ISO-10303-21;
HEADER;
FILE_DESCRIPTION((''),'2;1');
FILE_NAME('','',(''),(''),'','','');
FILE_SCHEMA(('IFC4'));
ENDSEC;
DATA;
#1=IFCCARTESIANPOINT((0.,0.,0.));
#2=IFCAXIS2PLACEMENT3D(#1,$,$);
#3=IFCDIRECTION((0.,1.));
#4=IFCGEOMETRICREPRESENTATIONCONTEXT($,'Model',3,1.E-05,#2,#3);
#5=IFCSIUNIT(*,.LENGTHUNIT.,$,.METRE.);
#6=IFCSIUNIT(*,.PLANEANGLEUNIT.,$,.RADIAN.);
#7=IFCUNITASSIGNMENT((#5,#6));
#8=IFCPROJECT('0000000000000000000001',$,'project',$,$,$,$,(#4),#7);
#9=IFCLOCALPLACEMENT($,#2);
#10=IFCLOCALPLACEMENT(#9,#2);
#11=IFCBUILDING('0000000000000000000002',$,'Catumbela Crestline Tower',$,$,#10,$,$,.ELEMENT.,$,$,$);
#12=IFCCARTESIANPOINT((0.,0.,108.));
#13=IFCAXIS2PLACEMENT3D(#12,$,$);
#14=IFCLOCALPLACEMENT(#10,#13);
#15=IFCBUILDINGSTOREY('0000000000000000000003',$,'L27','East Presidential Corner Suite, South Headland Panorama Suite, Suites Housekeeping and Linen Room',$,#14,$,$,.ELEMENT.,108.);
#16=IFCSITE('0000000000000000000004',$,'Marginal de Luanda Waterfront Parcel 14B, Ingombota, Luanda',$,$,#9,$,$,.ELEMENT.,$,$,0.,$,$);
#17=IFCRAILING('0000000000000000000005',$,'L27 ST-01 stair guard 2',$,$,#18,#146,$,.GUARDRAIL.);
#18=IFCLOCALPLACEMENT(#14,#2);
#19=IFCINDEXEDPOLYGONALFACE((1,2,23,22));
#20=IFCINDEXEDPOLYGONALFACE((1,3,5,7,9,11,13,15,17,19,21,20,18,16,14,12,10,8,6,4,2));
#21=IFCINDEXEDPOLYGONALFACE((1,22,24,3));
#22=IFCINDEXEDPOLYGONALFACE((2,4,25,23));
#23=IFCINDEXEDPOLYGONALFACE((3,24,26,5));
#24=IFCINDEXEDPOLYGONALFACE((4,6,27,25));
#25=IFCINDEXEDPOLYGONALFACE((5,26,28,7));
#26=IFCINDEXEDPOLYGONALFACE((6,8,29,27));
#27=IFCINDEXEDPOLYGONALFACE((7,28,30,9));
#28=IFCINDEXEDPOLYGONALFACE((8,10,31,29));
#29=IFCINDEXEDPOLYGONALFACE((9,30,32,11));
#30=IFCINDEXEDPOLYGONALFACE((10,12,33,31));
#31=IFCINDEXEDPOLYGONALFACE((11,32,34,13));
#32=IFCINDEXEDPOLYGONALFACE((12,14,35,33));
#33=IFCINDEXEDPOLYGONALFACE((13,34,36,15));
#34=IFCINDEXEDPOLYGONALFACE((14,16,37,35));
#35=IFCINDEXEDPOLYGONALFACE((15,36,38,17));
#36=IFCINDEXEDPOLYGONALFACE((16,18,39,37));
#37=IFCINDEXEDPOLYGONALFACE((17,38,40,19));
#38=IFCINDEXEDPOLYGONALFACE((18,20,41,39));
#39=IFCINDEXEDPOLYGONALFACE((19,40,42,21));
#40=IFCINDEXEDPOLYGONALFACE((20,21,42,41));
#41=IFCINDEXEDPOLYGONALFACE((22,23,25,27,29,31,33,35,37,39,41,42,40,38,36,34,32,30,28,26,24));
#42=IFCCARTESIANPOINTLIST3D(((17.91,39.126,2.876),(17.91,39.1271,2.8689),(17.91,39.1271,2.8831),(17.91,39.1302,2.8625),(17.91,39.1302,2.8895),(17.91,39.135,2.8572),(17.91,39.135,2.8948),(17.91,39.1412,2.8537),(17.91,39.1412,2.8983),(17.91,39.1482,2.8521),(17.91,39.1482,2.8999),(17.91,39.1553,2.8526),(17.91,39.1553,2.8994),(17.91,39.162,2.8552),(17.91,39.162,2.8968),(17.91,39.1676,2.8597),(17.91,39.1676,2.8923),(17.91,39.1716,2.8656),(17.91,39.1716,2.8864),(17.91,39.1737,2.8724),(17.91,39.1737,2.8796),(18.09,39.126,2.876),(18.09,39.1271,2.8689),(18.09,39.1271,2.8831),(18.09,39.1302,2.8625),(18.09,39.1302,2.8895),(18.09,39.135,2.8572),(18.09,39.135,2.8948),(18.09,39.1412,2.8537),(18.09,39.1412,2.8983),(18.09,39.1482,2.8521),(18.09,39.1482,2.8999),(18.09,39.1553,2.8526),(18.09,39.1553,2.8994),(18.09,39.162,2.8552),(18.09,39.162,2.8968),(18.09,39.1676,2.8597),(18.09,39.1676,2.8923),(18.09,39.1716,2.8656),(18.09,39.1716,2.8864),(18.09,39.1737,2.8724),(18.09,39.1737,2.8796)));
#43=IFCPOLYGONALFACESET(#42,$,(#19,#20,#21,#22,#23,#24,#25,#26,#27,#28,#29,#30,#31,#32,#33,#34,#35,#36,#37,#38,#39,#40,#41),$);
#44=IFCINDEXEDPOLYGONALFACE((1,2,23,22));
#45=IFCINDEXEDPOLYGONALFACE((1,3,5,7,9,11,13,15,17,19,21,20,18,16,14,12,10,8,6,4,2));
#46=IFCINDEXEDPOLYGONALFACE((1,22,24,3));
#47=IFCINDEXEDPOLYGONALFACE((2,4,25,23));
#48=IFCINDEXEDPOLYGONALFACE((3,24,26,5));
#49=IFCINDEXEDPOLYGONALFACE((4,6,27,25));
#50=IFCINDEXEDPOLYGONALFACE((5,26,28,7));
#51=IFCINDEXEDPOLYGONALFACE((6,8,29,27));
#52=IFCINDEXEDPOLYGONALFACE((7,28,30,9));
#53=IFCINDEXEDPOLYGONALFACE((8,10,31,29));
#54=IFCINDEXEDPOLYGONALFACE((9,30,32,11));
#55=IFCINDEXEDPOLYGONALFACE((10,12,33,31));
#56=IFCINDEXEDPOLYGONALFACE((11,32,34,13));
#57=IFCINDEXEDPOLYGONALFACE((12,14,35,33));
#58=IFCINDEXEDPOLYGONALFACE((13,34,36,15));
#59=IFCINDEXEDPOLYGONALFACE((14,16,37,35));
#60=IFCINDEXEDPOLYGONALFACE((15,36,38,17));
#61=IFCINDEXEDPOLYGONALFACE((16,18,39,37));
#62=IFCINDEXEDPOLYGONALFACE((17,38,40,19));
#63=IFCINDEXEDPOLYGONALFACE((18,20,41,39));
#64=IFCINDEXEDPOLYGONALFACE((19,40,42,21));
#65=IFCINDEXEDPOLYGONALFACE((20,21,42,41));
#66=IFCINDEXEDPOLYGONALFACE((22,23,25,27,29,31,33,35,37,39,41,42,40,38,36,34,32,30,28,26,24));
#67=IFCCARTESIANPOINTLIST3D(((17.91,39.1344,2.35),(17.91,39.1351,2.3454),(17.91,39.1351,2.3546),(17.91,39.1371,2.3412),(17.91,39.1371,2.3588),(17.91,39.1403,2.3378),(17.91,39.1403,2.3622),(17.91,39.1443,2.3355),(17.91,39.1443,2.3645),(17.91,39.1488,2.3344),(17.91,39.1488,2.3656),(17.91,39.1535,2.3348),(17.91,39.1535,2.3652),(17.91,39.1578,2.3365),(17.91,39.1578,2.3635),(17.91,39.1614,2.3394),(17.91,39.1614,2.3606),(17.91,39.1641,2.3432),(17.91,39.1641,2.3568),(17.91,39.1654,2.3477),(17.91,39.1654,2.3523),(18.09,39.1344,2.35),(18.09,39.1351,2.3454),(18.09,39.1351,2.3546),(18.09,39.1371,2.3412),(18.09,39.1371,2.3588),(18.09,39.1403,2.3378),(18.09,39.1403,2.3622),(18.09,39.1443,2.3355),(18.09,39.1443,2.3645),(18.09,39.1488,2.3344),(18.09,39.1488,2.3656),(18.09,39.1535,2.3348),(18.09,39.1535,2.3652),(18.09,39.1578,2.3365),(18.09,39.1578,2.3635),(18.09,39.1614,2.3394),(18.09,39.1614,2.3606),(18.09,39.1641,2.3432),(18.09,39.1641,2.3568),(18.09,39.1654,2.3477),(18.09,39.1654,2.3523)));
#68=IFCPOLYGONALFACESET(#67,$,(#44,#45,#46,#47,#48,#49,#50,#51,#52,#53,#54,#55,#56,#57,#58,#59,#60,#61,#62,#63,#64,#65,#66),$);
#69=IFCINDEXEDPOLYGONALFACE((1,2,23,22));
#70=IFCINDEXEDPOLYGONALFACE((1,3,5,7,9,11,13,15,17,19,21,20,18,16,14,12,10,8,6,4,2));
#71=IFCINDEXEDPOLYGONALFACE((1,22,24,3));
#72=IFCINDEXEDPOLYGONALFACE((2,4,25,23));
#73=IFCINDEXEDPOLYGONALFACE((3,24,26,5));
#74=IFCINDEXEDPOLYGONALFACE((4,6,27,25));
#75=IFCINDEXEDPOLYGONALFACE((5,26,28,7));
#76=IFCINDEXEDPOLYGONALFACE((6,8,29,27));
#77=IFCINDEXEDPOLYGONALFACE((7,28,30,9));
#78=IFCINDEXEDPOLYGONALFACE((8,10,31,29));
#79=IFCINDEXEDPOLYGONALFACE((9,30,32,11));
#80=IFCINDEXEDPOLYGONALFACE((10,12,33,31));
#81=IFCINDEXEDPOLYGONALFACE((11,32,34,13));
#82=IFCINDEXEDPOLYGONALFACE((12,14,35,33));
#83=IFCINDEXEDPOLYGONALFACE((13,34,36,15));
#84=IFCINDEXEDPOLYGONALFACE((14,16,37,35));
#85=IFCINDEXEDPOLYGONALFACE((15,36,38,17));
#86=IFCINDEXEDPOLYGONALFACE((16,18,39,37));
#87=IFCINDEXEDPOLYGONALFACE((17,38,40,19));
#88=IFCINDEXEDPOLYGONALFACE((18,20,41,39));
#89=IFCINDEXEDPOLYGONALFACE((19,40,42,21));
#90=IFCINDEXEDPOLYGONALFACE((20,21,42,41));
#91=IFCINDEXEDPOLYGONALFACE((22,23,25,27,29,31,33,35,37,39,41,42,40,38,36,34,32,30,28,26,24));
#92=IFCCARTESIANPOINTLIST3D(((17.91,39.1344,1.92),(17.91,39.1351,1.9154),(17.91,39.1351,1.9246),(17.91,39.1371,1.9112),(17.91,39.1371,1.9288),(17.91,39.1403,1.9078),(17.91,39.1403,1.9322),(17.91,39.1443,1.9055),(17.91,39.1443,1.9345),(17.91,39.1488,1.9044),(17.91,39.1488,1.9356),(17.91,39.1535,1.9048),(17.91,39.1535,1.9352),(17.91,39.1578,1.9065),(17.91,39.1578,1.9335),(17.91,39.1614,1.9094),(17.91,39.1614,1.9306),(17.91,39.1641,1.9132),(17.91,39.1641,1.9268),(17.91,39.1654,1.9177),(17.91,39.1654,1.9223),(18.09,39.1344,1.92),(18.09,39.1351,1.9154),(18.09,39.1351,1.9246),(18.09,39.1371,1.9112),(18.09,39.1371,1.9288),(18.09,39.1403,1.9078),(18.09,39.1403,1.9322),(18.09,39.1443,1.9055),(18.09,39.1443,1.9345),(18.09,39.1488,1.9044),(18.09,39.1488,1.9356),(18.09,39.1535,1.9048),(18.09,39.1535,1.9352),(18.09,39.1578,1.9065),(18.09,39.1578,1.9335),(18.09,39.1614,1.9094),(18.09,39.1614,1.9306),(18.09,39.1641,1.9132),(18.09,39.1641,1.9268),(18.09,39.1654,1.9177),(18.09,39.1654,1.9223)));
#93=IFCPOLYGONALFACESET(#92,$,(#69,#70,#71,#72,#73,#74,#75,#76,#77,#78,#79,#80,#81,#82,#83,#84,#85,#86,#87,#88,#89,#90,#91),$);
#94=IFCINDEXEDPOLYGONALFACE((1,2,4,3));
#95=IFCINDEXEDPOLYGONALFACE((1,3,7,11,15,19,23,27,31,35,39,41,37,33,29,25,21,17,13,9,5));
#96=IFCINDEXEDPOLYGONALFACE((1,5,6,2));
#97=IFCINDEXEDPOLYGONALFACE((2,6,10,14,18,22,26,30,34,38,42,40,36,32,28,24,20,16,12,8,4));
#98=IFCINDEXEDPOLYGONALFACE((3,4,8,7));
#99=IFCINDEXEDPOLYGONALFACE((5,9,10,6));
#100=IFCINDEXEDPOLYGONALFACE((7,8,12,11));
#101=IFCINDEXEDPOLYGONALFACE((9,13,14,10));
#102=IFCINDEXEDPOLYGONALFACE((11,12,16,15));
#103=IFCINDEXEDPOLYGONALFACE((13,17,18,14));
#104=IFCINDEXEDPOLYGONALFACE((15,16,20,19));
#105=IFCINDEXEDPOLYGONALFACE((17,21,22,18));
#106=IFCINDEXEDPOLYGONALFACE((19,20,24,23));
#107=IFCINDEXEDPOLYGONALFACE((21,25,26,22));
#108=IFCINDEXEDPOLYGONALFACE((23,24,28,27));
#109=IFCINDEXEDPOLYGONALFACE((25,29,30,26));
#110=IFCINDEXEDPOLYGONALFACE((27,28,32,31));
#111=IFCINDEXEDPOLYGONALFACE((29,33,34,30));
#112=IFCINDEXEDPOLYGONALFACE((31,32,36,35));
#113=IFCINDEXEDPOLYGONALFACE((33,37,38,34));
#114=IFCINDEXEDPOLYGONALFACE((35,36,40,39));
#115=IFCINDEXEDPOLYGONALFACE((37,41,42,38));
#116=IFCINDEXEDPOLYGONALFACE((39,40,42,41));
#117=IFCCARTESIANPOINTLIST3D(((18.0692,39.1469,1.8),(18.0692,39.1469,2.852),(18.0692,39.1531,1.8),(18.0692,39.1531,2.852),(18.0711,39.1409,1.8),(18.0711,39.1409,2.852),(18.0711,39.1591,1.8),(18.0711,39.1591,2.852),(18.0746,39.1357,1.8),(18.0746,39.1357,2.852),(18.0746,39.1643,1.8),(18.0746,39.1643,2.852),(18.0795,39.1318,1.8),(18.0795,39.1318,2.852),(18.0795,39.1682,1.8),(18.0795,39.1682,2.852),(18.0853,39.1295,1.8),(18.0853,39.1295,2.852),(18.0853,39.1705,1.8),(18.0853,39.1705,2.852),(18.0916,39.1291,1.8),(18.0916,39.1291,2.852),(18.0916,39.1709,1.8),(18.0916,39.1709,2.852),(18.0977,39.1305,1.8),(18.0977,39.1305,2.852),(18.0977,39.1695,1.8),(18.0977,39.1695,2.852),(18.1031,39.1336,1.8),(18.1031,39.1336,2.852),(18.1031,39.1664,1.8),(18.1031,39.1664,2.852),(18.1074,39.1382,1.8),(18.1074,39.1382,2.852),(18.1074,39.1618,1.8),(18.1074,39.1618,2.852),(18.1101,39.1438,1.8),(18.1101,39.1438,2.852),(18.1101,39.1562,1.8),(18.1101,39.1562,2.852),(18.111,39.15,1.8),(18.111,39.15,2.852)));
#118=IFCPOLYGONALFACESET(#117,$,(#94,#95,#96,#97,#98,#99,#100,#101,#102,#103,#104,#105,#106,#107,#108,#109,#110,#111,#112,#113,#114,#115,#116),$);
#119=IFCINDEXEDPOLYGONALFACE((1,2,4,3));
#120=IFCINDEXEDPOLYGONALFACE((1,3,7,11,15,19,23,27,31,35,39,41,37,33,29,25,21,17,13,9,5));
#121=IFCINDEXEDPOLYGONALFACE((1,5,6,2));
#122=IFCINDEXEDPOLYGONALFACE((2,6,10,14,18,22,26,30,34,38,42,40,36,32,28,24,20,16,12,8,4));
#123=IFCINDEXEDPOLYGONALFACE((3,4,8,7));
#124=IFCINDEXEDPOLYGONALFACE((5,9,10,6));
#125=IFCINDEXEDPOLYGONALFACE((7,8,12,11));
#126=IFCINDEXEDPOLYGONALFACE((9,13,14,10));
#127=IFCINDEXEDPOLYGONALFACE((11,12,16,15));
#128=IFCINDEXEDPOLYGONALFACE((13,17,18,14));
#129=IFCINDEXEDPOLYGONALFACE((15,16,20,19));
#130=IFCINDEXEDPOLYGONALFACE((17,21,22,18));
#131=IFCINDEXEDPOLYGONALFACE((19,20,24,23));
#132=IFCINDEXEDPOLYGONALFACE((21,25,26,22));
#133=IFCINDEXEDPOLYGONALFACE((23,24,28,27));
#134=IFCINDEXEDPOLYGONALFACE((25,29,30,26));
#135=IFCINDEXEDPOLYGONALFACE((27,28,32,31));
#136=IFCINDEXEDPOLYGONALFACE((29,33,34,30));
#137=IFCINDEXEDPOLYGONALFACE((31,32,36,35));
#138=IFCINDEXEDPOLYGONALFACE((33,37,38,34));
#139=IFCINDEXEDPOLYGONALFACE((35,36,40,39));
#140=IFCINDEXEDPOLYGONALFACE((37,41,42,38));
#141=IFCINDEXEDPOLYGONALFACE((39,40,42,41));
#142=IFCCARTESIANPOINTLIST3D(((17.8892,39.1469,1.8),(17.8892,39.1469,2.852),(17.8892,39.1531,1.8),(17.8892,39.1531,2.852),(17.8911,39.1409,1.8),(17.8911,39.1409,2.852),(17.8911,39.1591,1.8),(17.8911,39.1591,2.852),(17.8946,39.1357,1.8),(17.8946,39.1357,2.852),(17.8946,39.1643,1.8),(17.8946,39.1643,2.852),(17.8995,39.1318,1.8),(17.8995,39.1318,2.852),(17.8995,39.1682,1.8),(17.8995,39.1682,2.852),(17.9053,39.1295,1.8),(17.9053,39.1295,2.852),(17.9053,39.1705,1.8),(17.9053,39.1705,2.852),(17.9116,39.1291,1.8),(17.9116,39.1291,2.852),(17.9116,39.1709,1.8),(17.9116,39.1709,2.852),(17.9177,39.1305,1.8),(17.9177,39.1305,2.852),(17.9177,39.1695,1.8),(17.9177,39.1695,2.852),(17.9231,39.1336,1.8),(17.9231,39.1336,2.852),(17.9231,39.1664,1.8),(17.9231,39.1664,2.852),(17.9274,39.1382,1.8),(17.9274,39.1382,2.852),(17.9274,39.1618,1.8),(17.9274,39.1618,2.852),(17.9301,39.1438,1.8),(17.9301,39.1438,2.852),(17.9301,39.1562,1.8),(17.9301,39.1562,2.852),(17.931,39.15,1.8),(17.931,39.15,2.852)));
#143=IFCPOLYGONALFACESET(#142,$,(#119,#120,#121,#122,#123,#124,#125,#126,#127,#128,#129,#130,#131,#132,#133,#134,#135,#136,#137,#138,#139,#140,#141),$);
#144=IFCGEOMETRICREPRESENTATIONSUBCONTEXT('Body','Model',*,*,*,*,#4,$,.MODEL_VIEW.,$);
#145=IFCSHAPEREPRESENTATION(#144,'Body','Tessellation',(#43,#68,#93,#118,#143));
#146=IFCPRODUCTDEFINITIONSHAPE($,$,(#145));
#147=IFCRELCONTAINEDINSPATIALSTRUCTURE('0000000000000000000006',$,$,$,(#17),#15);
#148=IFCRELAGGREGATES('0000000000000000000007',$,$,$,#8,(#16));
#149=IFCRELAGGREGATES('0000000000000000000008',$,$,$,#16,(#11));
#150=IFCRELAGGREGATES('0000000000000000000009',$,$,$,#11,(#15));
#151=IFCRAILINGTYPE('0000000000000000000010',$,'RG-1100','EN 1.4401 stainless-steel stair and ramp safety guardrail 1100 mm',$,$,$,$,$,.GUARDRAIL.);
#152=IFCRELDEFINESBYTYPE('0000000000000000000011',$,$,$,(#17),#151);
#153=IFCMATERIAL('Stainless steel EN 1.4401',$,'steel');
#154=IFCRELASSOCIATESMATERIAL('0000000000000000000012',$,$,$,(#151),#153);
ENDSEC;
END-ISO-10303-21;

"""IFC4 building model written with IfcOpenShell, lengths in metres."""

from ifc_helpers import new_model, si_unit, direction, frame, origin, origin_2d, place, context, subcontext, project, spatial, circle, extrude, material, type_object, element, save


model = new_model("IFC4")

# Units and contexts
model_context = context("Model", 3, precision=1e-05, world=origin(), true_north=direction((0.0, 1.0)))
body_context = subcontext(model_context, "Body", "Model", "MODEL_VIEW")
ifc_project = project(units=[si_unit("LENGTHUNIT", "METRE"), si_unit("PLANEANGLEUNIT", "RADIAN")], contexts=[model_context])

# Site, building, storey
site_placement = place(None, origin())
site = spatial("IfcSite", under=ifc_project, at=site_placement, Name="Marginal de Luanda Waterfront Parcel 14B, Ingombota, Luanda", CompositionType="ELEMENT", RefElevation=0.0)
building_placement = place(site_placement, origin())
building = spatial("IfcBuilding", under=site, at=building_placement, Name="Catumbela Crestline Tower", CompositionType="ELEMENT")
storey_placement = place(building_placement, frame((0.0, 0.0, 108.0)))
storey = spatial("IfcBuildingStorey", under=building, at=storey_placement, Name="L27", Description="East Presidential Corner Suite, South Headland Panorama Suite, Suites Housekeeping and Linen Room", CompositionType="ELEMENT", Elevation=108.0)

# Railing
ifc_material_1 = material(Name="Stainless steel EN 1.4401", Category="steel")
railing_type_1 = type_object("IfcRailingType", Name="RG-1100", Description="EN 1.4401 stainless-steel stair and ramp safety guardrail 1100 mm", PredefinedType="GUARDRAIL", material=ifc_material_1)
railing_1_placement = place(storey_placement, frame((18.09, 39.15, 1.8)))
element("IfcRailing", 1, at=railing_1_placement, inside=storey, type_object=railing_type_1, Name="L27 ST-01 stair guard 2", PredefinedType="GUARDRAIL", context=body_context, shape_type="SweptSolid", body=[
    extrude(circle(Radius=0.024, at=origin_2d()), frame((0.0, 0.0, 1.076), z_axis=(-1.0, 0.0, 0.0), x_axis=(0.0, -1.0, 0.0)), (0.0, 0.0, 1.0), 0.18),
    extrude(circle(Radius=0.0156, at=origin_2d()), frame((0.0, 0.0, 0.55), z_axis=(-1.0, 0.0, 0.0), x_axis=(0.0, -1.0, 0.0)), (0.0, 0.0, 1.0), 0.18),
    extrude(circle(Radius=0.0156, at=origin_2d()), frame((0.0, 0.0, 0.12), z_axis=(-1.0, 0.0, 0.0), x_axis=(0.0, -1.0, 0.0)), (0.0, 0.0, 1.0), 0.18),
    extrude(circle(Radius=0.021, at=origin_2d()), origin(), (0.0, 0.0, 1.0), 1.052),
    extrude(circle(Radius=0.021, at=origin_2d()), frame((-0.18, 0.0, 0.0)), (0.0, 0.0, 1.0), 1.052),
])

save(model, "model.ifc")
